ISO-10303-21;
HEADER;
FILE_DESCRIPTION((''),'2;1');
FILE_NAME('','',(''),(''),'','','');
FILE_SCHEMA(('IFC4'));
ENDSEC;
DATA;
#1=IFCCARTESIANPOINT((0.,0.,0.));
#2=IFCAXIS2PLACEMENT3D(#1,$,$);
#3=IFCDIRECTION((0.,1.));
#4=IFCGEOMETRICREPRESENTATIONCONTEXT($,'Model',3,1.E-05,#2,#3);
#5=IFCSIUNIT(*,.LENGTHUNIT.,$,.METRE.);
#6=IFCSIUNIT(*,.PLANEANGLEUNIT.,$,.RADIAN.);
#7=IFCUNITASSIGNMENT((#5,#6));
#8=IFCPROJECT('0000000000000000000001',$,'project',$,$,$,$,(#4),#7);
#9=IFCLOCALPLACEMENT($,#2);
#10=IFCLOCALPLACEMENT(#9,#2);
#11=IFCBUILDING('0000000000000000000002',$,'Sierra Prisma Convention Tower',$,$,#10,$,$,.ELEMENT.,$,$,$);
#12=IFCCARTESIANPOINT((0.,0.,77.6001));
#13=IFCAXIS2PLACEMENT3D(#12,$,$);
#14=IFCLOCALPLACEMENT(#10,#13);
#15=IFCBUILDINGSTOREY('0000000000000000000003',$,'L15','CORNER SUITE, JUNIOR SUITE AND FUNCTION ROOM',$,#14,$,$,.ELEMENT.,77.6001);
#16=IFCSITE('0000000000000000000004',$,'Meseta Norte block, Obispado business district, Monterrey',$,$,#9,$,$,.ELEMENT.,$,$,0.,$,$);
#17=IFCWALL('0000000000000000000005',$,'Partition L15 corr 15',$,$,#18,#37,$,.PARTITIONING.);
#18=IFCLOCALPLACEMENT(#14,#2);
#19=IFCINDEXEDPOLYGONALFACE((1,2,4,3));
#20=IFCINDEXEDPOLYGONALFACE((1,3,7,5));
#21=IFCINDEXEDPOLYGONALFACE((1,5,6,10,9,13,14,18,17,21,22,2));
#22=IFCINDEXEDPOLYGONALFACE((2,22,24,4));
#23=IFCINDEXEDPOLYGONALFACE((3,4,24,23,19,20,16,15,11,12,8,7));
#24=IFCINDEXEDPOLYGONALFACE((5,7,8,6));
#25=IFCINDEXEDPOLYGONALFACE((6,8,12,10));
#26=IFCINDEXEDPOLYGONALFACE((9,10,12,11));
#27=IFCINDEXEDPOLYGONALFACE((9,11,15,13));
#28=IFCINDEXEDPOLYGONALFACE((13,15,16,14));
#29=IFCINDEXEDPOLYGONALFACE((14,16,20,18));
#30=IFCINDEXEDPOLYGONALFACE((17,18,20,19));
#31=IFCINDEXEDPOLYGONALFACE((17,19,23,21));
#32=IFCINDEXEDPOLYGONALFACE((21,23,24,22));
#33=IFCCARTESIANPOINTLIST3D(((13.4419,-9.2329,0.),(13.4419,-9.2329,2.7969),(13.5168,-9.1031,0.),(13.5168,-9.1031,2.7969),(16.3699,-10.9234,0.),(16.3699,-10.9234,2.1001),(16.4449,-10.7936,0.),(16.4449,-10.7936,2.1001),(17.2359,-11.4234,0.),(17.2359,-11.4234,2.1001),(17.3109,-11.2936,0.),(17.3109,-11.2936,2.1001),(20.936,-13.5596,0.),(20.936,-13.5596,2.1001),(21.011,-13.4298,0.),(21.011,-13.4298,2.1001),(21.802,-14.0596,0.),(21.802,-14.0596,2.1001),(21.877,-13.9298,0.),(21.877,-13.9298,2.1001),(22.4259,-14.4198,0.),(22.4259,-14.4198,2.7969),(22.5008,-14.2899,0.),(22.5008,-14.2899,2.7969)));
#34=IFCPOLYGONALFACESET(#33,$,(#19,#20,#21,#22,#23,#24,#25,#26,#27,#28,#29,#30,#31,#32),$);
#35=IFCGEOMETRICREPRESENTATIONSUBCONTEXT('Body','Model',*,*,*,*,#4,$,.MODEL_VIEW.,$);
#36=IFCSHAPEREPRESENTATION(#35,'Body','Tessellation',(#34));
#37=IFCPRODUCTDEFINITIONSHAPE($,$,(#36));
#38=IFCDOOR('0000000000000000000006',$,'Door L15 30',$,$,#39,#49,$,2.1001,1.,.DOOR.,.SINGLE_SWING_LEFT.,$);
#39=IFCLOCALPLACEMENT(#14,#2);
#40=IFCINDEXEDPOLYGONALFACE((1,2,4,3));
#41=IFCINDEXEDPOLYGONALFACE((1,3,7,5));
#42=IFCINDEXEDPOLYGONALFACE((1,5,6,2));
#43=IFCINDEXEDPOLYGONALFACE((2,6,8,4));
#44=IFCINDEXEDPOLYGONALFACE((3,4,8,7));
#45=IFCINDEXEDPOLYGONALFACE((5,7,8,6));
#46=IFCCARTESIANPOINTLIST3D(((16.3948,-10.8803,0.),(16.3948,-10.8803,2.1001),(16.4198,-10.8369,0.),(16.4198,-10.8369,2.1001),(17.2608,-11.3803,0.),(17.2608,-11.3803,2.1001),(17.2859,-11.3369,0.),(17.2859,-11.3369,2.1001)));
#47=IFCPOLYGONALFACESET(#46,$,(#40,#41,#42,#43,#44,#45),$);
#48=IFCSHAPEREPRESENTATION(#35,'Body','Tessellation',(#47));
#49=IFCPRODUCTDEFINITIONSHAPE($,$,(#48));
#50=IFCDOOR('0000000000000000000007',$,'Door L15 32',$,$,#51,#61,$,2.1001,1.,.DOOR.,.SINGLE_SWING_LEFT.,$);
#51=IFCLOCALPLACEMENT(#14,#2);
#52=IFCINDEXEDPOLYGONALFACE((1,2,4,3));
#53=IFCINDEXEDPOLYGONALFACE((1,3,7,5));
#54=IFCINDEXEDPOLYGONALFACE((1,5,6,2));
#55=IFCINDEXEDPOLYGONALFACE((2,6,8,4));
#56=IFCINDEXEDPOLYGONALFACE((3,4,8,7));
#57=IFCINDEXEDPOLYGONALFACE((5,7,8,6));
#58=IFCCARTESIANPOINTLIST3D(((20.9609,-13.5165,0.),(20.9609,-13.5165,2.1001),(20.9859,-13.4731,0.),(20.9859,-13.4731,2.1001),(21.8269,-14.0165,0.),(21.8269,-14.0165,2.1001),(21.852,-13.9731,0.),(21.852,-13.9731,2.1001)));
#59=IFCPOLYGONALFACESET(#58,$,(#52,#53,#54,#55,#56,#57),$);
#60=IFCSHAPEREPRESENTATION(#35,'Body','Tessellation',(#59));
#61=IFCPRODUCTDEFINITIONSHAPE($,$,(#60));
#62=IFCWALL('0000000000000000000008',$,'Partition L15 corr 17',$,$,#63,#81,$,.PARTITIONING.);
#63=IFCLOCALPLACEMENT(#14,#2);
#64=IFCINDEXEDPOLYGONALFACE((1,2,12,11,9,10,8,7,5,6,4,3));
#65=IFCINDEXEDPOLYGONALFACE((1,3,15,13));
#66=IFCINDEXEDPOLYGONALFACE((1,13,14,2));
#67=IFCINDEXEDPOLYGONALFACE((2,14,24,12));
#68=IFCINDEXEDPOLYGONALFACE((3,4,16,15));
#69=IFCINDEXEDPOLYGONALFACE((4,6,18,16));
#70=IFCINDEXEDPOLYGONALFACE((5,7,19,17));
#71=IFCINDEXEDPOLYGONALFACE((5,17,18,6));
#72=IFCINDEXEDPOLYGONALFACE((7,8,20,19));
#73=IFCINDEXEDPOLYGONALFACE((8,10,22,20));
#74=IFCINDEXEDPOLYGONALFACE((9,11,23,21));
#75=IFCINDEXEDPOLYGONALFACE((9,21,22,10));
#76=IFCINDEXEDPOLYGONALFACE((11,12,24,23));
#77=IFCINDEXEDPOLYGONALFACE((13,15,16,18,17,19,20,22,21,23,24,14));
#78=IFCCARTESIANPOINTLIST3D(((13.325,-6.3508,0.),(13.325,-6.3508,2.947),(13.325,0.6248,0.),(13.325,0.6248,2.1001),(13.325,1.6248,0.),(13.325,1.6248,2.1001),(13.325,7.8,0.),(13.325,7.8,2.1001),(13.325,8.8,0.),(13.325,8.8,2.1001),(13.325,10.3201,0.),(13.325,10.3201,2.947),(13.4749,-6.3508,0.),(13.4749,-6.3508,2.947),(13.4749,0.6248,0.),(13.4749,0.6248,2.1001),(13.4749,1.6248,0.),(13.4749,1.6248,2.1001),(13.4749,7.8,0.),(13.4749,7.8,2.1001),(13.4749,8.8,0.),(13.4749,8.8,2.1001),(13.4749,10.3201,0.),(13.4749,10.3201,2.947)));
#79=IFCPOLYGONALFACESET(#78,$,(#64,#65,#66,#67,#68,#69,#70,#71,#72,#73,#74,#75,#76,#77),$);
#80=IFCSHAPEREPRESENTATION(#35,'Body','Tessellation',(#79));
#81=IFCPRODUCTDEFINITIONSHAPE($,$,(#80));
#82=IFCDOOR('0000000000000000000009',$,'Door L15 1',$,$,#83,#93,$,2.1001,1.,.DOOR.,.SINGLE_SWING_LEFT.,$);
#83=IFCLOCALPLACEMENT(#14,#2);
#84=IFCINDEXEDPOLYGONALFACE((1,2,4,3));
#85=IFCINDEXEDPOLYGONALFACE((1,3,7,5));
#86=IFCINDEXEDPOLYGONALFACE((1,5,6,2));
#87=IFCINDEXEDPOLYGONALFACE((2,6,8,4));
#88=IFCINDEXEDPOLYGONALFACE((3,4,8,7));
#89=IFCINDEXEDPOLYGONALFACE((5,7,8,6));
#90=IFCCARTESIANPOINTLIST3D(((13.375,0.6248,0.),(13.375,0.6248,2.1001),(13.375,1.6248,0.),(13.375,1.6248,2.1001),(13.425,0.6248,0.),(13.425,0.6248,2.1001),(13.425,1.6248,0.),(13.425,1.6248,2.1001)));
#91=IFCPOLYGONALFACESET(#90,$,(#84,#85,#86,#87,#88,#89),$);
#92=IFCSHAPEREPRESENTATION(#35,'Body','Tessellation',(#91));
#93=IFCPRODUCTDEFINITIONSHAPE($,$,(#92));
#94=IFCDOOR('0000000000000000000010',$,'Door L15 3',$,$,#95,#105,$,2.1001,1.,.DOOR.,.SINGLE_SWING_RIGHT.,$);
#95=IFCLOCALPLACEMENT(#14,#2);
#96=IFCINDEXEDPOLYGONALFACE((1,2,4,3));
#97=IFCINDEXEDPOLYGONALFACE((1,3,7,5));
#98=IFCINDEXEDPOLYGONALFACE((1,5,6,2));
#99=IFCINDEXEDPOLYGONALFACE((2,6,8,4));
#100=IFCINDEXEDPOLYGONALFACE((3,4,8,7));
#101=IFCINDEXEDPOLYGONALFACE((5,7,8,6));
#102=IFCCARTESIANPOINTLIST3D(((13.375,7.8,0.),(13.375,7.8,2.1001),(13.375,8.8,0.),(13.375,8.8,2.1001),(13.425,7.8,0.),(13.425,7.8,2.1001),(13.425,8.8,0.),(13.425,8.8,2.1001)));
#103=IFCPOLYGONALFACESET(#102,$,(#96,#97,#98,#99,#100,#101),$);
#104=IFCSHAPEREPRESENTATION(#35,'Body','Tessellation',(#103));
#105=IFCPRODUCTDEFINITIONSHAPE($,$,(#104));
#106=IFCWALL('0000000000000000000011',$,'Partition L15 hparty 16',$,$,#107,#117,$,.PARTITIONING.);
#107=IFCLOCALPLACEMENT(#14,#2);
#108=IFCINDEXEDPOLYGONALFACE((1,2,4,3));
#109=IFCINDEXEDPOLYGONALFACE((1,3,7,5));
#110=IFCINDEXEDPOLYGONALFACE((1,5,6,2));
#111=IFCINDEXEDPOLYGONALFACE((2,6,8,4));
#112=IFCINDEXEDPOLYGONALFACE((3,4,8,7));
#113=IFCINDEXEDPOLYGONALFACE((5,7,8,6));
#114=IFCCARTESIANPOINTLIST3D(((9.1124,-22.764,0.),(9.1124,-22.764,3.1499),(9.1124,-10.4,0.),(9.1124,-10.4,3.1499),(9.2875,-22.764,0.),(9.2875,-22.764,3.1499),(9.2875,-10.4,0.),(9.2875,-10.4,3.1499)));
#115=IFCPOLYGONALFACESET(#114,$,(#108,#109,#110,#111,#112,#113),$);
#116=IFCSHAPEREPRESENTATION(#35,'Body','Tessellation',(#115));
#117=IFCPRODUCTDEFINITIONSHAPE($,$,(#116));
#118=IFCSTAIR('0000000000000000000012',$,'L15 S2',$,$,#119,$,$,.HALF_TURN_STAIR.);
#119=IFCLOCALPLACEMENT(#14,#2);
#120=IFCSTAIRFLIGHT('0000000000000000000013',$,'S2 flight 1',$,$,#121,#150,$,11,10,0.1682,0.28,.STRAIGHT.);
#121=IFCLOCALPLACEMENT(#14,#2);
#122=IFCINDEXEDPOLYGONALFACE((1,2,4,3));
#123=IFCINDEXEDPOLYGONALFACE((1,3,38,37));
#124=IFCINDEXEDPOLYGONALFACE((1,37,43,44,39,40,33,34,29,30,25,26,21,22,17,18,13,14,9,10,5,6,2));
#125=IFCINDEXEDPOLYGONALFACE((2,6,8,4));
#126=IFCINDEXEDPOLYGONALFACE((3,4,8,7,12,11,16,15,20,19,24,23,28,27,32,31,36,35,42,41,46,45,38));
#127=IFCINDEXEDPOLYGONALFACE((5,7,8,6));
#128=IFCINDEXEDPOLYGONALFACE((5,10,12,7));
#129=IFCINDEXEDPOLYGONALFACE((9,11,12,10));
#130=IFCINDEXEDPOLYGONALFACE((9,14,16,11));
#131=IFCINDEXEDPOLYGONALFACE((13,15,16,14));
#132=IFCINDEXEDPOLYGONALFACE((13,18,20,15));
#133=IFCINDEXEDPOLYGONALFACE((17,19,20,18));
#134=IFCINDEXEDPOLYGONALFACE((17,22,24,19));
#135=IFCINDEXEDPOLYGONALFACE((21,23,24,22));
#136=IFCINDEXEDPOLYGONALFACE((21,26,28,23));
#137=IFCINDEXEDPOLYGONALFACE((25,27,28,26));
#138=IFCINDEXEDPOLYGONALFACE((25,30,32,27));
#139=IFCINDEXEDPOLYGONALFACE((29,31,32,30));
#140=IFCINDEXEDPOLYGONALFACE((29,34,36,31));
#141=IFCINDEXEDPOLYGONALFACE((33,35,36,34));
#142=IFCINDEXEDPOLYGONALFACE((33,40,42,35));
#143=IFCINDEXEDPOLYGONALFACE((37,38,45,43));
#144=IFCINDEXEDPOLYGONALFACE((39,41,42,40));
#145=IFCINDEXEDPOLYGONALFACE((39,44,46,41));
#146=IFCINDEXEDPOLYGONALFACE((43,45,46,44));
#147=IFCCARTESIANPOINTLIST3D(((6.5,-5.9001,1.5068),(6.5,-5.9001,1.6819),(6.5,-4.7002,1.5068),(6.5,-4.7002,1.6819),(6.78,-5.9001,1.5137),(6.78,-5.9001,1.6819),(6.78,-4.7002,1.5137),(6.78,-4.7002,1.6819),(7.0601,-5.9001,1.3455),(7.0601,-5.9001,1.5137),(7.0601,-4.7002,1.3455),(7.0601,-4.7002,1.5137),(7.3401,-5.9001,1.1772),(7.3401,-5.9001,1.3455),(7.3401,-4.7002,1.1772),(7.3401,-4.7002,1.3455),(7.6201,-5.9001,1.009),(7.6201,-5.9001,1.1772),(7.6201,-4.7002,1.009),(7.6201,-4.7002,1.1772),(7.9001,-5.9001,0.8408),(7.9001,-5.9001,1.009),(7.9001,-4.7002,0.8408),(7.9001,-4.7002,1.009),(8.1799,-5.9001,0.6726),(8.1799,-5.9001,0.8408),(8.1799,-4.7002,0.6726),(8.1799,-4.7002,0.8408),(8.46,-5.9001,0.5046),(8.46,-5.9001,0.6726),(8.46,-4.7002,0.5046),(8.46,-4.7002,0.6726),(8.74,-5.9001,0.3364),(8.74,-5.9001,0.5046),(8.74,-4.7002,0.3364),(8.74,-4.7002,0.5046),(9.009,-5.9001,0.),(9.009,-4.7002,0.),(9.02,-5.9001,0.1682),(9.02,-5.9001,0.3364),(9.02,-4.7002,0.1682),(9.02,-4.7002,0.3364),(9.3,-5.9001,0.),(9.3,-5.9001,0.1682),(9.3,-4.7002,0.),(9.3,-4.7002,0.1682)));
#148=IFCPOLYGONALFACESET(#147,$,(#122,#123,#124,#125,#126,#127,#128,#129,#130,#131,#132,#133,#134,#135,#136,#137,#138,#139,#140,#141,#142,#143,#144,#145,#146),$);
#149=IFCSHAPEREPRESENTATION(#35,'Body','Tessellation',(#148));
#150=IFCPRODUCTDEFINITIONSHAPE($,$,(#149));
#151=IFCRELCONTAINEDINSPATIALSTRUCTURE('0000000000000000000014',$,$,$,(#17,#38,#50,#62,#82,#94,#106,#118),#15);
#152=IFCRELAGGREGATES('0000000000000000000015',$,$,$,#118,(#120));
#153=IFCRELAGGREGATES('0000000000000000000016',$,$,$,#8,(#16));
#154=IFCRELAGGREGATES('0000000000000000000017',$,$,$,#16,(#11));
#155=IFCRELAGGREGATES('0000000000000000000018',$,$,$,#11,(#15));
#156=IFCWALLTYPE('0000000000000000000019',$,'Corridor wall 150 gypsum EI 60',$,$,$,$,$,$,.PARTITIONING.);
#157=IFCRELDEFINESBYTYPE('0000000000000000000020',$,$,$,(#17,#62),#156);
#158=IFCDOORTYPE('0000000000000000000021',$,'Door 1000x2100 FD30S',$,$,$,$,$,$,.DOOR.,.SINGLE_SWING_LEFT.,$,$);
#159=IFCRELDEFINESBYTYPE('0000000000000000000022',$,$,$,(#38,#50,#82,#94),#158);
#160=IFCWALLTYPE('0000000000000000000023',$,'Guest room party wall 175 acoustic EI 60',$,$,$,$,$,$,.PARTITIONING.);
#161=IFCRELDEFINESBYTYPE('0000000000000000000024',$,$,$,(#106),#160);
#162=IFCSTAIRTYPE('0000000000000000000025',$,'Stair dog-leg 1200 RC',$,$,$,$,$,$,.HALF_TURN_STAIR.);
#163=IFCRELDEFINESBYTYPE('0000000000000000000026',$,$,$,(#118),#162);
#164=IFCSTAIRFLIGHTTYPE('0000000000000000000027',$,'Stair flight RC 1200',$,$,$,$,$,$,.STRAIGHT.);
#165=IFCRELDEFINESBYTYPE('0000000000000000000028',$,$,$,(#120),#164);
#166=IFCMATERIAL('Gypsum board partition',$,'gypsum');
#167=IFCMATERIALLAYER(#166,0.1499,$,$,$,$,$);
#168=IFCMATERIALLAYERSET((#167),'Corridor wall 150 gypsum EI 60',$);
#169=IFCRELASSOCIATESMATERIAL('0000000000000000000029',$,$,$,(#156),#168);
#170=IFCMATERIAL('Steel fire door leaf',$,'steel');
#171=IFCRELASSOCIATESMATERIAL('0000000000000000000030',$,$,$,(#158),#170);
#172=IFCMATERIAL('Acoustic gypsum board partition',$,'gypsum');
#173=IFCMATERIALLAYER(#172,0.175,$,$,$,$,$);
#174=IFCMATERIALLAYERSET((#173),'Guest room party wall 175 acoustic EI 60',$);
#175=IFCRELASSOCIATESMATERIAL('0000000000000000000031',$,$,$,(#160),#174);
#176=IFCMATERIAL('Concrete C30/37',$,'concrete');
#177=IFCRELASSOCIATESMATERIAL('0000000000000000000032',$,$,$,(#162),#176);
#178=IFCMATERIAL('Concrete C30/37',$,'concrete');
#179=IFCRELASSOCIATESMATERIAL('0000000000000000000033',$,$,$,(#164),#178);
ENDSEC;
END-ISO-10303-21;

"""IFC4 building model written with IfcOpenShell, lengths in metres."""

from ifc_helpers import new_model, si_unit, direction, frame, frame_2d, origin, place, context, subcontext, project, spatial, polyline, rectangle, outline, extrude, material, layer, layer_set, type_object, element, fill, aggregate, save


model = new_model("IFC4")

# Units and contexts
model_context = context("Model", 3, precision=1e-05, world=origin(), true_north=direction((0.0, 1.0)))
body_context = subcontext(model_context, "Body", "Model", "MODEL_VIEW")
ifc_project = project(units=[si_unit("LENGTHUNIT", "METRE"), si_unit("PLANEANGLEUNIT", "RADIAN")], contexts=[model_context])

# Site, building, storey
site_placement = place(None, origin())
site = spatial("IfcSite", under=ifc_project, at=site_placement, Name="Meseta Norte block, Obispado business district, Monterrey", CompositionType="ELEMENT", RefElevation=0.0)
building_placement = place(site_placement, origin())
building = spatial("IfcBuilding", under=site, at=building_placement, Name="Sierra Prisma Convention Tower", CompositionType="ELEMENT")
storey_placement = place(building_placement, frame((0.0, 0.0, 77.6001)))
storey = spatial("IfcBuildingStorey", under=building, at=storey_placement, Name="L15", Description="CORNER SUITE, JUNIOR SUITE AND FUNCTION ROOM", CompositionType="ELEMENT", Elevation=77.6001)

# Shared definitions
ifc_material_1 = material(Name="Gypsum board partition", Category="gypsum")
ifc_layer_1 = layer(ifc_material_1, 0.1499)
ifc_layer_set_1 = layer_set([ifc_layer_1], Name="Corridor wall 150 gypsum EI 60")
wall_type_1 = type_object("IfcWallType", Name="Corridor wall 150 gypsum EI 60", PredefinedType="PARTITIONING", material=ifc_layer_set_1)

# Walls, openings, doors
wall_1_placement = place(storey_placement, frame((13.4792, -9.168, 0.0), z_axis=(0.0, 0.0, 1.0), x_axis=(0.866029, -0.499994, 0.0)))
wall_1 = element("IfcWall", 1, at=wall_1_placement, inside=storey, type_object=wall_type_1, Name="Partition L15 corr 15", PredefinedType="PARTITIONING", context=body_context, shape_type="SweptSolid", body=[
    extrude(rectangle(XDim=10.3738, YDim=0.1499, at=frame_2d((5.187, 0.0))), origin(), (0.0, 0.0, 1.0), 2.7969),
])
opening_1_placement = place(wall_1_placement, frame((3.3811, 0.0, 0.0)))
opening_1 = element("IfcOpeningElement", 2, at=opening_1_placement, cuts=wall_1, PredefinedType="OPENING", context=body_context, shape_type="SweptSolid", body=[
    extrude(rectangle(XDim=1.0, YDim=2.1001, at=frame_2d((0.5, 1.05))), frame((0.0, 0.075, 0.0), z_axis=(0.0, -1.0, 0.0), x_axis=(1.0, 0.0, 0.0)), (0.0, 0.0, 1.0), 0.1499),
])
opening_2_placement = place(wall_1_placement, frame((8.6536, 0.0, 0.0)))
opening_2 = element("IfcOpeningElement", 3, at=opening_2_placement, cuts=wall_1, PredefinedType="OPENING", context=body_context, shape_type="SweptSolid", body=[
    extrude(rectangle(XDim=1.0, YDim=2.1001, at=frame_2d((0.5, 1.05))), frame((0.0, 0.075, 0.0), z_axis=(0.0, -1.0, 0.0), x_axis=(1.0, 0.0, 0.0)), (0.0, 0.0, 1.0), 0.1499),
])
ifc_material_2 = material(Name="Steel fire door leaf", Category="steel")
door_type_1 = type_object("IfcDoorType", Name="Door 1000x2100 FD30S", OperationType="SINGLE_SWING_LEFT", PredefinedType="DOOR", material=ifc_material_2)
door_1_placement = place(opening_1_placement, origin())
door_1 = element("IfcDoor", 4, at=door_1_placement, inside=storey, type_object=door_type_1, Name="Door L15 30", OperationType="SINGLE_SWING_LEFT", OverallHeight=2.1001, OverallWidth=1.0, PredefinedType="DOOR", context=body_context, shape_type="SweptSolid", body=[
    extrude(rectangle(XDim=1.0, YDim=2.1001, at=frame_2d((0.5, 1.05))), frame((0.0, 0.0249, 0.0), z_axis=(0.0, -1.0, 0.0), x_axis=(1.0, 0.0, 0.0)), (0.0, 0.0, 1.0), 0.05),
])
fill(opening_1, door_1)
door_2_placement = place(opening_2_placement, origin())
door_2 = element("IfcDoor", 5, at=door_2_placement, inside=storey, type_object=door_type_1, Name="Door L15 32", OperationType="SINGLE_SWING_LEFT", OverallHeight=2.1001, OverallWidth=1.0, PredefinedType="DOOR", context=body_context, shape_type="SweptSolid", body=[
    extrude(rectangle(XDim=1.0, YDim=2.1001, at=frame_2d((0.5, 1.05))), frame((0.0, 0.0249, 0.0), z_axis=(0.0, -1.0, 0.0), x_axis=(1.0, 0.0, 0.0)), (0.0, 0.0, 1.0), 0.05),
])
fill(opening_2, door_2)
wall_2_placement = place(storey_placement, frame((13.3999, -6.3508, 0.0), z_axis=(0.0, 0.0, 1.0), x_axis=(0.0, 1.0, 0.0)))
wall_2 = element("IfcWall", 6, at=wall_2_placement, inside=storey, type_object=wall_type_1, Name="Partition L15 corr 17", PredefinedType="PARTITIONING", context=body_context, shape_type="SweptSolid", body=[
    extrude(rectangle(XDim=16.6709, YDim=0.1499, at=frame_2d((8.3354, 0.0))), origin(), (0.0, 0.0, 1.0), 2.947),
])
opening_3_placement = place(wall_2_placement, frame((6.9756, 0.0, 0.0)))
opening_3 = element("IfcOpeningElement", 7, at=opening_3_placement, cuts=wall_2, PredefinedType="OPENING", context=body_context, shape_type="SweptSolid", body=[
    extrude(rectangle(XDim=1.0, YDim=2.1001, at=frame_2d((0.5, 1.05))), frame((0.0, 0.075, 0.0), z_axis=(0.0, -1.0, 0.0), x_axis=(1.0, 0.0, 0.0)), (0.0, 0.0, 1.0), 0.1499),
])
opening_4_placement = place(wall_2_placement, frame((14.1509, 0.0, 0.0)))
opening_4 = element("IfcOpeningElement", 8, at=opening_4_placement, cuts=wall_2, PredefinedType="OPENING", context=body_context, shape_type="SweptSolid", body=[
    extrude(rectangle(XDim=1.0, YDim=2.1001, at=frame_2d((0.5, 1.05))), frame((0.0, 0.075, 0.0), z_axis=(0.0, -1.0, 0.0), x_axis=(1.0, 0.0, 0.0)), (0.0, 0.0, 1.0), 0.1499),
])
door_3_placement = place(opening_3_placement, origin())
door_3 = element("IfcDoor", 9, at=door_3_placement, inside=storey, type_object=door_type_1, Name="Door L15 1", OperationType="SINGLE_SWING_LEFT", OverallHeight=2.1001, OverallWidth=1.0, PredefinedType="DOOR", context=body_context, shape_type="SweptSolid", body=[
    extrude(rectangle(XDim=1.0, YDim=2.1001, at=frame_2d((0.5, 1.05))), frame((0.0, 0.0249, 0.0), z_axis=(0.0, -1.0, 0.0), x_axis=(1.0, 0.0, 0.0)), (0.0, 0.0, 1.0), 0.05),
])
fill(opening_3, door_3)
door_4_placement = place(opening_4_placement, origin())
door_4 = element("IfcDoor", 10, at=door_4_placement, inside=storey, type_object=door_type_1, Name="Door L15 3", OperationType="SINGLE_SWING_RIGHT", OverallHeight=2.1001, OverallWidth=1.0, PredefinedType="DOOR", context=body_context, shape_type="SweptSolid", body=[
    extrude(rectangle(XDim=1.0, YDim=2.1001, at=frame_2d((0.5, 1.05))), frame((0.0, 0.0249, 0.0), z_axis=(0.0, -1.0, 0.0), x_axis=(1.0, 0.0, 0.0)), (0.0, 0.0, 1.0), 0.05),
])
fill(opening_4, door_4)

# Wall
ifc_material_3 = material(Name="Acoustic gypsum board partition", Category="gypsum")
ifc_layer_2 = layer(ifc_material_3, 0.175)
ifc_layer_set_2 = layer_set([ifc_layer_2], Name="Guest room party wall 175 acoustic EI 60")
wall_type_2 = type_object("IfcWallType", Name="Guest room party wall 175 acoustic EI 60", PredefinedType="PARTITIONING", material=ifc_layer_set_2)
wall_3_placement = place(storey_placement, frame((9.2, -10.3999, 0.0), z_axis=(0.0, 0.0, 1.0), x_axis=(0.0, -1.0, 0.0)))
element("IfcWall", 11, at=wall_3_placement, inside=storey, type_object=wall_type_2, Name="Partition L15 hparty 16", PredefinedType="PARTITIONING", context=body_context, shape_type="SweptSolid", body=[
    extrude(rectangle(XDim=12.364, YDim=0.175, at=frame_2d((6.1821, 0.0))), origin(), (0.0, 0.0, 1.0), 3.1499),
])

# Stair, stair flight
ifc_material_4 = material(Name="Concrete C30/37", Category="concrete")
stair_type = type_object("IfcStairType", Name="Stair dog-leg 1200 RC", PredefinedType="HALF_TURN_STAIR", material=ifc_material_4)
stair_placement = place(storey_placement, origin())
stair = element("IfcStair", 12, at=stair_placement, inside=storey, type_object=stair_type, Name="L15 S2", PredefinedType="HALF_TURN_STAIR")
ifc_material_5 = material(Name="Concrete C30/37", Category="concrete")
stair_flight_type = type_object("IfcStairFlightType", Name="Stair flight RC 1200", PredefinedType="STRAIGHT", material=ifc_material_5)
stair_flight_placement = place(storey_placement, frame((9.3, -5.3, 0.0), z_axis=(0.0, 0.0, 1.0), x_axis=(-1.0, 0.0, 0.0)))
stair_flight = element("IfcStairFlight", 13, at=stair_flight_placement, type_object=stair_flight_type, Name="S2 flight 1", NumberOfRisers=11, NumberOfTreads=10, PredefinedType="STRAIGHT", RiserHeight=0.1682, TreadLength=0.28, context=body_context, shape_type="SweptSolid", body=[
    extrude(outline(polyline([(0.0, 0.0), (0.0, 0.1682), (0.28, 0.1682), (0.28, 0.3364), (0.5601, 0.3364), (0.5601, 0.5046), (0.8401, 0.5046), (0.8401, 0.6726), (1.1201, 0.6726), (1.1201, 0.8408), (1.3999, 0.8408), (1.3999, 1.009), (1.6799, 1.009), (1.6799, 1.1772), (1.96, 1.1772), (1.96, 1.3455), (2.24, 1.3455), (2.24, 1.5137), (2.52, 1.5137), (2.52, 1.6819), (2.8, 1.6819), (2.8, 1.8501), (2.8, 1.5068), (0.291, 0.0), (0.0, 0.0)])), frame((0.0, 0.6001, 0.0), z_axis=(0.0, -1.0, 0.0), x_axis=(1.0, 0.0, 0.0)), (0.0, 0.0, 1.0), 1.2),
])
aggregate(stair, [stair_flight])

save(model, "model.ifc")
